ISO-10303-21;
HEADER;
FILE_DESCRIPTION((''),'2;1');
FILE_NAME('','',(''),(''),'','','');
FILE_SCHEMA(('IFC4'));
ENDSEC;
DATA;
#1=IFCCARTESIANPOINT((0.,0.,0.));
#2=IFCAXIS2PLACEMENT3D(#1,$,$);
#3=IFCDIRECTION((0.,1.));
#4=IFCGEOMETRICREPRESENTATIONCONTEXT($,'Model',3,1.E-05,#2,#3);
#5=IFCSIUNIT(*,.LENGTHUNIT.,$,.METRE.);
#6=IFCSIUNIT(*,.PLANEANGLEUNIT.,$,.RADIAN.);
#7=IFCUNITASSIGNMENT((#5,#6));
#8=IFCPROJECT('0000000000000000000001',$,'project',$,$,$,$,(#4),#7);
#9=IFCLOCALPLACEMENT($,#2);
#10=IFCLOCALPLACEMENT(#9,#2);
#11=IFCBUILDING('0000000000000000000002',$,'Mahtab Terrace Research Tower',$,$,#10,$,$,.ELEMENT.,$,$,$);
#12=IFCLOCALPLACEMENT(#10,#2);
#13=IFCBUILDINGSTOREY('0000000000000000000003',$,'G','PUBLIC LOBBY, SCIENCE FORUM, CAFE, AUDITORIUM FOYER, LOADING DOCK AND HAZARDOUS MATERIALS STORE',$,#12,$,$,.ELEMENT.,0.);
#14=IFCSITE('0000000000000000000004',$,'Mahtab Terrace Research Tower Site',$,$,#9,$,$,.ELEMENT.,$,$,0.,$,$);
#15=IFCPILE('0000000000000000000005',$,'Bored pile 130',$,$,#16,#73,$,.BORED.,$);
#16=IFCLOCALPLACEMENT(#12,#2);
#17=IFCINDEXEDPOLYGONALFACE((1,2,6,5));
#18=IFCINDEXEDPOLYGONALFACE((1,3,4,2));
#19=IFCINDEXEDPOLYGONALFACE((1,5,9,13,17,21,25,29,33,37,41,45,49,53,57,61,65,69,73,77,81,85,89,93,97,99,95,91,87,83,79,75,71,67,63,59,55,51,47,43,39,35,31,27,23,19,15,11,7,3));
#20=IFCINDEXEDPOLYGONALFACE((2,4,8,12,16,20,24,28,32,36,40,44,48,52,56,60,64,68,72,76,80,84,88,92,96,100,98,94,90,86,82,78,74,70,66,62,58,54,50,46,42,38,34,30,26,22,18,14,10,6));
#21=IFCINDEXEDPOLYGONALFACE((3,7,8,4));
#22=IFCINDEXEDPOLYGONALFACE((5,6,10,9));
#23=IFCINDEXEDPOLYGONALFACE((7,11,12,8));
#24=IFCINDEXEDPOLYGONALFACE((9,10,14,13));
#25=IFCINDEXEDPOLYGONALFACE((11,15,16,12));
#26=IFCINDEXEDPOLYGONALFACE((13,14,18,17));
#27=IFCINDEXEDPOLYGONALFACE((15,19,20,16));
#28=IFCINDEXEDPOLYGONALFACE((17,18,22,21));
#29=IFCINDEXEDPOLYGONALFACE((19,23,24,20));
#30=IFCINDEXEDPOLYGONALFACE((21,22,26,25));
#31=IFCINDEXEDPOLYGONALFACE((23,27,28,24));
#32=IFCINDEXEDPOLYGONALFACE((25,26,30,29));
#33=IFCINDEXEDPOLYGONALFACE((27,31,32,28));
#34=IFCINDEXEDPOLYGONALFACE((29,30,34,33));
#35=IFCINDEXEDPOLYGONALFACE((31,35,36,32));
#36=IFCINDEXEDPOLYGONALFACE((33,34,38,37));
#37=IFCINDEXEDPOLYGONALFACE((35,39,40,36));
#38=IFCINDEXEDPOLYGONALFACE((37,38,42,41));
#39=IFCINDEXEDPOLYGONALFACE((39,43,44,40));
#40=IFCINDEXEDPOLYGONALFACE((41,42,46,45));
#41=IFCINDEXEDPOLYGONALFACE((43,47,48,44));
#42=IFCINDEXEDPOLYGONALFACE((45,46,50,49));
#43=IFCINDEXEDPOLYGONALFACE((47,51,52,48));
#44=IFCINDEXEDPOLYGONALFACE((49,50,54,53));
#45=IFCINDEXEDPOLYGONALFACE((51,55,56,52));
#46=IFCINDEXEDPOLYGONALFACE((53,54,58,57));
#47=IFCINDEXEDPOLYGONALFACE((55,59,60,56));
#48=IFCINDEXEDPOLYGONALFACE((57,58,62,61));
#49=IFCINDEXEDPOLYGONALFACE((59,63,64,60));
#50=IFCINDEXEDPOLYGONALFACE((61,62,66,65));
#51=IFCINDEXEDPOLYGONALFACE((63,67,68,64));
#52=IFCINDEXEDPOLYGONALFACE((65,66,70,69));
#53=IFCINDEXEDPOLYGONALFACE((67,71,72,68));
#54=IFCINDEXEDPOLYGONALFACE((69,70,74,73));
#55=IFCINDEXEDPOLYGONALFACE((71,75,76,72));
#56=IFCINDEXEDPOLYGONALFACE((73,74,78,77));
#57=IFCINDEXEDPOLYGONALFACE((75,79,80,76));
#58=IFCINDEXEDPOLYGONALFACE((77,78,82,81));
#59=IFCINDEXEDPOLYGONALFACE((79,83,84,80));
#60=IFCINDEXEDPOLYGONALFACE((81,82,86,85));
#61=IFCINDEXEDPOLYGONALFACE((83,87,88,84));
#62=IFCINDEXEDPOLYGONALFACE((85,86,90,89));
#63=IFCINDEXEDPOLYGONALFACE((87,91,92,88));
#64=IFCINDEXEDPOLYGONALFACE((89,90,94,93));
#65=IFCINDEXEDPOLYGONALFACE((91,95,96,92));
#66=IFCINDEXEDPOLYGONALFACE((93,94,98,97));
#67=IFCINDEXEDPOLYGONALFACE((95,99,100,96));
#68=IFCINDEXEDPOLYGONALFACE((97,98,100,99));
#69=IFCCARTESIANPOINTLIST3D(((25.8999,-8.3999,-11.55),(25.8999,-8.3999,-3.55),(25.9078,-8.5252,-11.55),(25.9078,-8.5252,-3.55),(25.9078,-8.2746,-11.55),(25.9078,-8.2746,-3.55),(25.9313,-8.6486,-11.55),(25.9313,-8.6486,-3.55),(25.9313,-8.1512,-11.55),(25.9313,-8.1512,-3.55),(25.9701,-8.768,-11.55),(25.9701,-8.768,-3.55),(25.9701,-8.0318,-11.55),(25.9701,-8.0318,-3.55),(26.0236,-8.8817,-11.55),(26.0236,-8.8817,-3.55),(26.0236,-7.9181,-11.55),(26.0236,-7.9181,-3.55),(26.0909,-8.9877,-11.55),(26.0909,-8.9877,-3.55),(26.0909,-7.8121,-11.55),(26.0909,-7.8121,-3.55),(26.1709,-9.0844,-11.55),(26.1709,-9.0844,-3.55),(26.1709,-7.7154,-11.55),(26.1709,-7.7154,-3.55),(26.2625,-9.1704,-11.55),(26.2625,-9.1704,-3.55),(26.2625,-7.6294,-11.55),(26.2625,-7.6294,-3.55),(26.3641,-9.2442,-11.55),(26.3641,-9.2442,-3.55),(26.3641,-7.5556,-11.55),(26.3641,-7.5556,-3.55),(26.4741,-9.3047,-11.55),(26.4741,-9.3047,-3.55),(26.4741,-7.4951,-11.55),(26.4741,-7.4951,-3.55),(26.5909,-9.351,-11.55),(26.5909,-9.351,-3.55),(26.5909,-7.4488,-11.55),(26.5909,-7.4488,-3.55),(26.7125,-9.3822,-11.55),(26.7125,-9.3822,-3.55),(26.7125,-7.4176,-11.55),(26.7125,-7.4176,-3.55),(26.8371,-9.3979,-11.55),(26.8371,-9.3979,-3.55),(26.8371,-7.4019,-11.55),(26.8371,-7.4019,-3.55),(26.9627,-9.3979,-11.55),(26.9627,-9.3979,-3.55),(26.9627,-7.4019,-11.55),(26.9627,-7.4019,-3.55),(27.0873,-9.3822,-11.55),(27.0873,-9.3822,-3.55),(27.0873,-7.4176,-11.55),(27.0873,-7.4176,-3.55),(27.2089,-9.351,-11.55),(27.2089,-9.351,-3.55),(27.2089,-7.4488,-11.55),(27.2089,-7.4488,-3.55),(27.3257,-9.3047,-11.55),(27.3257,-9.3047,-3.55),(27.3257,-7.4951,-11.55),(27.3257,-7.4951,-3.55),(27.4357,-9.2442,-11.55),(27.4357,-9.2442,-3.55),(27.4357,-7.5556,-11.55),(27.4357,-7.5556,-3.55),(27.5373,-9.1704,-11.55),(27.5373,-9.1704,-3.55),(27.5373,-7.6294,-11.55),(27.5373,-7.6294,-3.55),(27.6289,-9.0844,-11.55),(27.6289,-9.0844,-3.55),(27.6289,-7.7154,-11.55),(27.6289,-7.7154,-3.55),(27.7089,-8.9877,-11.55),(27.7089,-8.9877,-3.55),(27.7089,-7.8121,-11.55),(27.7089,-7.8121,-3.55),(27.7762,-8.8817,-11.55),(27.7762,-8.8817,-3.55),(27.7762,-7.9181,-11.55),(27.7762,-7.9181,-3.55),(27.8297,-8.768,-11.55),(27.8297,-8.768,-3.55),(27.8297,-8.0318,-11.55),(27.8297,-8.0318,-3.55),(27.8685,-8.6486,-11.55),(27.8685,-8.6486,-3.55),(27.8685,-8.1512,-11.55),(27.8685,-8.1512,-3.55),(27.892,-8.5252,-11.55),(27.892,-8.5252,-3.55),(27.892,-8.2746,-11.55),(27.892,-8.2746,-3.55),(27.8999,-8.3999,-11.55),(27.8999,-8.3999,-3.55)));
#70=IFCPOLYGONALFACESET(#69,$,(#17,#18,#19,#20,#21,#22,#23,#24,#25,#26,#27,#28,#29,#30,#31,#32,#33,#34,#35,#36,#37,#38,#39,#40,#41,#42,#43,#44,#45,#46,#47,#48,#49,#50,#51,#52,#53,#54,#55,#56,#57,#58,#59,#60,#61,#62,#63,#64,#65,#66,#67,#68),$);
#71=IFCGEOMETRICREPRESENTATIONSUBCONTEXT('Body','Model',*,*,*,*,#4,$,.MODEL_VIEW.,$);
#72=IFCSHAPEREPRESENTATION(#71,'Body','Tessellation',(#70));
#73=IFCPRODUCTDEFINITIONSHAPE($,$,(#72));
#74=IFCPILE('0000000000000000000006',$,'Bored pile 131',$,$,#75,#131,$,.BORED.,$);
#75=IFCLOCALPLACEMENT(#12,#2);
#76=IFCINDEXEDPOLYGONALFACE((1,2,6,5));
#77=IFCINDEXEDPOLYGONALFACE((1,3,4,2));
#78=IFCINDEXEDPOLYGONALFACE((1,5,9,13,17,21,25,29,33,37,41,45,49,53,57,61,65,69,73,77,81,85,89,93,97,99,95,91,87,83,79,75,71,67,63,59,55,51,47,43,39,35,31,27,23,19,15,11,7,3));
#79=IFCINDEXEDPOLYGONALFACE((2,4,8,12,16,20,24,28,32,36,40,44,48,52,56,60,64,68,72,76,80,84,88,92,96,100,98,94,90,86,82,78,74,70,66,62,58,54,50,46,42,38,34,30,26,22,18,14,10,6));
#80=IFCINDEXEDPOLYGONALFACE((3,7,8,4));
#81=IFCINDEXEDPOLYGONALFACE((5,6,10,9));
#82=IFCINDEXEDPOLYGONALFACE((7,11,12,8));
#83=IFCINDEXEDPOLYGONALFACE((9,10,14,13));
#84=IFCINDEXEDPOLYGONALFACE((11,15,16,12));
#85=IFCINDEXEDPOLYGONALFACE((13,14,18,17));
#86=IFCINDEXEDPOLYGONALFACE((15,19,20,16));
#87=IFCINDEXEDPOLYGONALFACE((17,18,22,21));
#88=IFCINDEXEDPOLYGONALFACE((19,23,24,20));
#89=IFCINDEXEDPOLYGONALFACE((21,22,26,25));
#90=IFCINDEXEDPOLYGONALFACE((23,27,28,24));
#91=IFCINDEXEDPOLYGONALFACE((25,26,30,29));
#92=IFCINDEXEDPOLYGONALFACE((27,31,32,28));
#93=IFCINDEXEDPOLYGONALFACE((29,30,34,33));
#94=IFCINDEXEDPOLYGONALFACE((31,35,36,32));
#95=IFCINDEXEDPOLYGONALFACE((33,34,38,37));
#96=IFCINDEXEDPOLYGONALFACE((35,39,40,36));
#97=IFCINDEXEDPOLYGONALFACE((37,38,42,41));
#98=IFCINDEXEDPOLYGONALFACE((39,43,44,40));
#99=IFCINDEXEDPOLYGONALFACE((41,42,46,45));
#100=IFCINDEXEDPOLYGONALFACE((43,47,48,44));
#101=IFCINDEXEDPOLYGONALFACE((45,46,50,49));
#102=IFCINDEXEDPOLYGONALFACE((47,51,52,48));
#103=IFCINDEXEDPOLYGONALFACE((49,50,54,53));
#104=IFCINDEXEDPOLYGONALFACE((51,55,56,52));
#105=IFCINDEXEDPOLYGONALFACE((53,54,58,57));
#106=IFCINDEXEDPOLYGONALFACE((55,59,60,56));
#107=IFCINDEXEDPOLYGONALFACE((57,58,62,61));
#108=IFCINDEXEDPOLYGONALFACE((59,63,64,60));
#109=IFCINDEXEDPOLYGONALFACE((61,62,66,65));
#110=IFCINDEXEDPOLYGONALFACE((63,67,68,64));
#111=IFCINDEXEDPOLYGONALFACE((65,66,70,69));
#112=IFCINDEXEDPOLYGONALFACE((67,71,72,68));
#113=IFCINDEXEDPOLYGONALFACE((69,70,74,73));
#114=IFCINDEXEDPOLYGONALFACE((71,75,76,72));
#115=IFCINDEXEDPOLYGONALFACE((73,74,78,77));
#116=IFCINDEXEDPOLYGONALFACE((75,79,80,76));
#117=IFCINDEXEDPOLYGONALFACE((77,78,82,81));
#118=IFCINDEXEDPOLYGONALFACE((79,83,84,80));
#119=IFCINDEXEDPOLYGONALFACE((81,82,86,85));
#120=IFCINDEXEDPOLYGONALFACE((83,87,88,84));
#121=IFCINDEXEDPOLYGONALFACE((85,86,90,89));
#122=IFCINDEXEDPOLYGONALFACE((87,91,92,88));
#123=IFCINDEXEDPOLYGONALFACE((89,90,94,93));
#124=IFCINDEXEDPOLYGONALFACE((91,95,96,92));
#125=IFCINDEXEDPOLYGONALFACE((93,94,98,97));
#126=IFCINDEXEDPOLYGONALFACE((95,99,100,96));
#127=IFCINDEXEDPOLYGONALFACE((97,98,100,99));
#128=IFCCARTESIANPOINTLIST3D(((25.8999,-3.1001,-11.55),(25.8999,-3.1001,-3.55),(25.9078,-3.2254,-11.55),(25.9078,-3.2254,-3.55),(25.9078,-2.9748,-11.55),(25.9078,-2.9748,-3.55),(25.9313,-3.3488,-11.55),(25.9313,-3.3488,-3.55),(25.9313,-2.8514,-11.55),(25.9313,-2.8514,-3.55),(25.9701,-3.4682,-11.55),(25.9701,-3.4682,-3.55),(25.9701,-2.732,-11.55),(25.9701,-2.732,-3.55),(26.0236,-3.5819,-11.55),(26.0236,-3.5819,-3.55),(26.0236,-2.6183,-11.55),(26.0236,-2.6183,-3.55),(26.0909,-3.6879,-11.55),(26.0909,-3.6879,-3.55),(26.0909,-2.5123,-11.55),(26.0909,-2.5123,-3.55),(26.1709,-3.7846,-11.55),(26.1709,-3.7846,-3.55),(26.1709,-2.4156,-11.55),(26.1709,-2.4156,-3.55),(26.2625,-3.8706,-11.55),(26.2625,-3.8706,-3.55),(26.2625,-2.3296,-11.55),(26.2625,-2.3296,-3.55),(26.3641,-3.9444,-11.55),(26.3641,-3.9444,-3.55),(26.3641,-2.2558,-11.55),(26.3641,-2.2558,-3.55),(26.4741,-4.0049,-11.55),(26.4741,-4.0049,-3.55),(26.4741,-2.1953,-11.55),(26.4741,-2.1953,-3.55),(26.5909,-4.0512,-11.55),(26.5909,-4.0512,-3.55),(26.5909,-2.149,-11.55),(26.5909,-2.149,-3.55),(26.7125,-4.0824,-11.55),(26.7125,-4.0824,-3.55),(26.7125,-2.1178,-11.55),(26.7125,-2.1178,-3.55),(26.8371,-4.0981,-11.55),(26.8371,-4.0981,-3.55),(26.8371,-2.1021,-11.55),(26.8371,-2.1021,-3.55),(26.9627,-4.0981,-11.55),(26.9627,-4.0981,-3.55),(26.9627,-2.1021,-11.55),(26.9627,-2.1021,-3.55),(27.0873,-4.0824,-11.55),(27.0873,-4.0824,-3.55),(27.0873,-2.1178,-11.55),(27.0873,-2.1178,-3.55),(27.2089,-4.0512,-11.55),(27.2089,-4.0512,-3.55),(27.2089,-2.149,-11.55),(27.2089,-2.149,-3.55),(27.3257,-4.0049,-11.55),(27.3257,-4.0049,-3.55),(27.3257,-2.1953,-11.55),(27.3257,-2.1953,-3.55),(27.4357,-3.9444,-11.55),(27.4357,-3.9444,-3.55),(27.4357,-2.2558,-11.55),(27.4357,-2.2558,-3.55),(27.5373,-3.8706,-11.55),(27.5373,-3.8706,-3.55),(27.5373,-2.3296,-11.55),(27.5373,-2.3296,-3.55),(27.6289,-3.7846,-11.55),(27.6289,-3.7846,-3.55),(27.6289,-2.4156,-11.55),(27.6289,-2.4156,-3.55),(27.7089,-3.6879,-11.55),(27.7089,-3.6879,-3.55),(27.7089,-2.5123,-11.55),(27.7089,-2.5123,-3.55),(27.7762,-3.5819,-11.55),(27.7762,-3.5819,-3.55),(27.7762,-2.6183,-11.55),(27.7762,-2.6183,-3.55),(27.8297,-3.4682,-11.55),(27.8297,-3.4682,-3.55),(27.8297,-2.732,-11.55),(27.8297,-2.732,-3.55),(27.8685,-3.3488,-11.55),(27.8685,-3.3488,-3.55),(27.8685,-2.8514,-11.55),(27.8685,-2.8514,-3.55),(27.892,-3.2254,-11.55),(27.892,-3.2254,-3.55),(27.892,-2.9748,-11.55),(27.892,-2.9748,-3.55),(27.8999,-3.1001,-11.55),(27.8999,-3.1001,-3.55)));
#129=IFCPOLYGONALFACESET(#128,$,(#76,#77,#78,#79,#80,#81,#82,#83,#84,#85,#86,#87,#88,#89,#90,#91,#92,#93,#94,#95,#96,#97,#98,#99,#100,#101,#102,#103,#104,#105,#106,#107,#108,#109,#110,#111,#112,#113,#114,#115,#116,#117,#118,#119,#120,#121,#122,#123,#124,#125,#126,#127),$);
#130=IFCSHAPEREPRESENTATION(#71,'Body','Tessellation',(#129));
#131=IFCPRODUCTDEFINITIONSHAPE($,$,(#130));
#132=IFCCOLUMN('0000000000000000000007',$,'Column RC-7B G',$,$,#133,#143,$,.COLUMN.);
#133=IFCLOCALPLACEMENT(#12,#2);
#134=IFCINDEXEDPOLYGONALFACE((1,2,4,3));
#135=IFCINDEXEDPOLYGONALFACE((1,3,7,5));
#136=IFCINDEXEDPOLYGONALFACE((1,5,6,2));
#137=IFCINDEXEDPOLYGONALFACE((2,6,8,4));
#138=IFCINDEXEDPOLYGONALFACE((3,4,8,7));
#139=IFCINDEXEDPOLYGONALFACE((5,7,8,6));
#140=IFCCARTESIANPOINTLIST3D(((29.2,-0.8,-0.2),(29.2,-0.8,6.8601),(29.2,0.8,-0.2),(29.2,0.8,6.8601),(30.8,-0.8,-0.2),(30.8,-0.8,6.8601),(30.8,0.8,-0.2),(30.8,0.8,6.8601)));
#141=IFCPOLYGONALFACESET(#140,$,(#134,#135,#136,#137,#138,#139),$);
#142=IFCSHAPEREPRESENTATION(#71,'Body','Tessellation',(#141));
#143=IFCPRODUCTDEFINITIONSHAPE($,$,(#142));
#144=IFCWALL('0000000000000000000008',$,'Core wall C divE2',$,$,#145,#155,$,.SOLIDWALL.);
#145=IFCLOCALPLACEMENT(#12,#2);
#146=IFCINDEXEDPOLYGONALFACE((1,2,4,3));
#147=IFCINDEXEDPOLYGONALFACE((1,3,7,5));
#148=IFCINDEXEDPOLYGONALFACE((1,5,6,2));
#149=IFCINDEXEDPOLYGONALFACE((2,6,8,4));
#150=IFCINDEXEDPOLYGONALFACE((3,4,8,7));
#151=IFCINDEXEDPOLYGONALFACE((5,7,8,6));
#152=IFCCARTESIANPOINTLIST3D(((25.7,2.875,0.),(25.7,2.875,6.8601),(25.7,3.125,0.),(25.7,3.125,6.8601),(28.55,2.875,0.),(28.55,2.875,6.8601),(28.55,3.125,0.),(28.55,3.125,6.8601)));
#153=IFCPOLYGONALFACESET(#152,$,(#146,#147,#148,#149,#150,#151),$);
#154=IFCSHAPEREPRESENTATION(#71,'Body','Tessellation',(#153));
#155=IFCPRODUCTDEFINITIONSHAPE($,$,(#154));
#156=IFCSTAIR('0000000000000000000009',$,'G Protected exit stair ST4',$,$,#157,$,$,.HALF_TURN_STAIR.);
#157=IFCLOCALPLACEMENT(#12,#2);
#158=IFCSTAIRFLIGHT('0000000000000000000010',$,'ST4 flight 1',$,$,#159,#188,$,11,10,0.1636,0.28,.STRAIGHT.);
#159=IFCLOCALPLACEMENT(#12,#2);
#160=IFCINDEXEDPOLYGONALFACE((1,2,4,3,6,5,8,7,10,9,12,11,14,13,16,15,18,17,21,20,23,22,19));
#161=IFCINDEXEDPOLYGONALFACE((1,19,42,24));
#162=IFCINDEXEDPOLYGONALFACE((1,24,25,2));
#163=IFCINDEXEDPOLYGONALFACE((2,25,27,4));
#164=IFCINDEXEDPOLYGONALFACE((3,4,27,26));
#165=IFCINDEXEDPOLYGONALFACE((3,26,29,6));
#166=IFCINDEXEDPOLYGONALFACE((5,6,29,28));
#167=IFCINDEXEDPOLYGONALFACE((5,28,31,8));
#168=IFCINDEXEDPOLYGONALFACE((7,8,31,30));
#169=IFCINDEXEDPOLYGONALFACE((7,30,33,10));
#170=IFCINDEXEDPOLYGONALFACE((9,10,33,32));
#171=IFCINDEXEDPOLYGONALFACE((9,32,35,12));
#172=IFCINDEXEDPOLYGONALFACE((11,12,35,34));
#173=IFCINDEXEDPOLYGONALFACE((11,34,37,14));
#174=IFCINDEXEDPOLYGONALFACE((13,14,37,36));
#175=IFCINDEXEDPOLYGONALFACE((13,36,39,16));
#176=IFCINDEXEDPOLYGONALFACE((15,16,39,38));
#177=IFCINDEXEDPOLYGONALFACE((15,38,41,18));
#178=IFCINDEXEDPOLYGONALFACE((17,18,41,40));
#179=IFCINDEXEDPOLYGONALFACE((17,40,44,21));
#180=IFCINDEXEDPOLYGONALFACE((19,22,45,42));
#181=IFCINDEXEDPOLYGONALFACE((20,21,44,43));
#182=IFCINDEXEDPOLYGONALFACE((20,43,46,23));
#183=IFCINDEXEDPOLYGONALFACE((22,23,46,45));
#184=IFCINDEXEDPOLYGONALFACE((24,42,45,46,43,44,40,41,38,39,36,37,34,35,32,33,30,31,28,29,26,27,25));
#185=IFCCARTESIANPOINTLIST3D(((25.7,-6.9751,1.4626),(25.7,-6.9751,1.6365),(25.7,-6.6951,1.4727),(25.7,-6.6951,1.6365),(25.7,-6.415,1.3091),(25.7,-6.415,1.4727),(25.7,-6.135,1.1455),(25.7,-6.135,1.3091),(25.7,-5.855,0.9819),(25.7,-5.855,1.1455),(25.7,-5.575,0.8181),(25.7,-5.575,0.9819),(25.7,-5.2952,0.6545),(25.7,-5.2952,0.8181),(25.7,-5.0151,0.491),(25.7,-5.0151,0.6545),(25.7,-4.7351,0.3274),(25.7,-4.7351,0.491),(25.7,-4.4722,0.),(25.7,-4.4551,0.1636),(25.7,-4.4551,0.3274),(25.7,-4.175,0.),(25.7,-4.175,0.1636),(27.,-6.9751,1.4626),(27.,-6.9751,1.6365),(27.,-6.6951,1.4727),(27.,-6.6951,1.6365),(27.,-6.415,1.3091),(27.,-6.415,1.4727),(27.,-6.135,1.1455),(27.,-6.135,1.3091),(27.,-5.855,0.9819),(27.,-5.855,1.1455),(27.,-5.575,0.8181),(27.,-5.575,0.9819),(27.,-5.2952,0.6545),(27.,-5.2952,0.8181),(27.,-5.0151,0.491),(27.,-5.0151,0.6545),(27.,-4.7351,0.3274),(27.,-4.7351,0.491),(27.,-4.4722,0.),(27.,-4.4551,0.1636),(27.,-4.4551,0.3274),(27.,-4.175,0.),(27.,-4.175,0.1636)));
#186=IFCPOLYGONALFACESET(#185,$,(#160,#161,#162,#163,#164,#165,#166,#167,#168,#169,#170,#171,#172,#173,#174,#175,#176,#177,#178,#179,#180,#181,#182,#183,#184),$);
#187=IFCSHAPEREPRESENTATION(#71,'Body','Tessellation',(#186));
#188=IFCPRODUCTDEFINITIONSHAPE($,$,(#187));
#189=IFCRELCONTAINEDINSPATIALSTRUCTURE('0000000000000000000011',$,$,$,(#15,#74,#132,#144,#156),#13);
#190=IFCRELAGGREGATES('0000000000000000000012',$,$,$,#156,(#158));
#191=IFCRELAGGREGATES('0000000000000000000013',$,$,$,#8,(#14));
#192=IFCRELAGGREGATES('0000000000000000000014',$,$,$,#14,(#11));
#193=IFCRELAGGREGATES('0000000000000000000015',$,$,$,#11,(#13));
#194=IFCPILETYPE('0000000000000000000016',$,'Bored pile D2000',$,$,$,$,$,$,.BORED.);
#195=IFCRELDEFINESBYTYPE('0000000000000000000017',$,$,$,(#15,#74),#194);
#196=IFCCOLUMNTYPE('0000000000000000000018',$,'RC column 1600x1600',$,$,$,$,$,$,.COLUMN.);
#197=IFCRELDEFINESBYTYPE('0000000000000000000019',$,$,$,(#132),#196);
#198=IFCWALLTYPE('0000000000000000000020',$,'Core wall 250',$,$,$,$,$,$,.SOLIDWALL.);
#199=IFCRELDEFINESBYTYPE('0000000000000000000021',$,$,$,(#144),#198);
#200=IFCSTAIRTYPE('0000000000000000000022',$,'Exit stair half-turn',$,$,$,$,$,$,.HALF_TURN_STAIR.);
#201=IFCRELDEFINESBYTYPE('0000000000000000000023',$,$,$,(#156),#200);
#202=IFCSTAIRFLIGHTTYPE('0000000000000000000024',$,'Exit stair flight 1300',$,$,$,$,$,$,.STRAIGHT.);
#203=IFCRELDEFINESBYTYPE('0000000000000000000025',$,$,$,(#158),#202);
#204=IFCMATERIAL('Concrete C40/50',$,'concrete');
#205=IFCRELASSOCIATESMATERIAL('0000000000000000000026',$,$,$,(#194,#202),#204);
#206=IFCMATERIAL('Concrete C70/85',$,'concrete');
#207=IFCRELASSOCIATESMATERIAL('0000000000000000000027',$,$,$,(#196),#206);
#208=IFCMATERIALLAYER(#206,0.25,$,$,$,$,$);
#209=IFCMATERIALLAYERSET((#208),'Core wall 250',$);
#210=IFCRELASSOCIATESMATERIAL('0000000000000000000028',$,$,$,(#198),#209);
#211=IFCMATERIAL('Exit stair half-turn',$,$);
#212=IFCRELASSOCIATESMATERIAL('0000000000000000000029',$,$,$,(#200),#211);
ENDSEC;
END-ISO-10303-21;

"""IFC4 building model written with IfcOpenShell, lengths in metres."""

from ifc_helpers import new_model, si_unit, direction, frame, frame_2d, origin, origin_2d, place, context, subcontext, project, spatial, polyline, rectangle, circle, outline, extrude, material, layer, layer_set, material_profile, profile_set, type_object, element, aggregate, save


model = new_model("IFC4")

# Units and contexts
model_context = context("Model", 3, precision=1e-05, world=origin(), true_north=direction((0.0, 1.0)))
body_context = subcontext(model_context, "Body", "Model", "MODEL_VIEW")
ifc_project = project(units=[si_unit("LENGTHUNIT", "METRE"), si_unit("PLANEANGLEUNIT", "RADIAN")], contexts=[model_context])

# Site, building, storey
site_placement = place(None, origin())
site = spatial("IfcSite", under=ifc_project, at=site_placement, Name="Mahtab Terrace Research Tower Site", CompositionType="ELEMENT", RefElevation=0.0)
building_placement = place(site_placement, origin())
building = spatial("IfcBuilding", under=site, at=building_placement, Name="Mahtab Terrace Research Tower", CompositionType="ELEMENT")
storey_placement = place(building_placement, origin())
storey = spatial("IfcBuildingStorey", under=building, at=storey_placement, Name="G", Description="PUBLIC LOBBY, SCIENCE FORUM, CAFE, AUDITORIUM FOYER, LOADING DOCK AND HAZARDOUS MATERIALS STORE", CompositionType="ELEMENT", Elevation=0.0)

# Piles
ifc_material_1 = material(Name="Concrete C40/50", Category="concrete")
ifc_material_profile_1 = material_profile(ifc_material_1, circle(Radius=1.0, at=origin_2d()), Name="Bored pile D2000")
ifc_profile_set_1 = profile_set([ifc_material_profile_1], Name="Concrete C40/50")
pile_type = type_object("IfcPileType", Name="Bored pile D2000", PredefinedType="BORED", material=ifc_profile_set_1)
for number, where, z_axis, x_axis, name in (
    (1, (26.8999, -8.3999, -3.55), (0.0, 0.0, -1.0), (1.0, 0.0, 0.0), "Bored pile 130"),
    (2, (26.8999, -3.1001, -3.55), (0.0, 0.0, -1.0), (1.0, 0.0, 0.0), "Bored pile 131"),
):
    element("IfcPile", number, at=place(storey_placement, frame(where, z_axis=z_axis, x_axis=x_axis)), inside=storey, type_object=pile_type, Name=name, PredefinedType="BORED", context=body_context, shape_type="SweptSolid", body=[
        extrude(circle(Radius=1.0, at=origin_2d()), origin(), (0.0, 0.0, 1.0), 8.0),
    ])

# Column
ifc_material_2 = material(Name="Concrete C70/85", Category="concrete")
ifc_material_profile_2 = material_profile(ifc_material_2, rectangle(XDim=1.6001, YDim=1.6001, at=origin_2d()), Name="RC column 1600x1600")
ifc_profile_set_2 = profile_set([ifc_material_profile_2], Name="Concrete C70/85")
column_type = type_object("IfcColumnType", Name="RC column 1600x1600", PredefinedType="COLUMN", material=ifc_profile_set_2)
column_placement = place(storey_placement, frame((30.0, 0.0, -0.2), z_axis=(0.0, 0.0, 1.0), x_axis=(1.0, 0.0, 0.0)))
element("IfcColumn", 3, at=column_placement, inside=storey, type_object=column_type, Name="Column RC-7B G", PredefinedType="COLUMN", context=body_context, shape_type="SweptSolid", body=[
    extrude(rectangle(XDim=1.6001, YDim=1.6001, at=origin_2d()), origin(), (0.0, 0.0, 1.0), 7.0601),
])

# Wall
ifc_layer = layer(ifc_material_2, 0.25)
ifc_layer_set = layer_set([ifc_layer], Name="Core wall 250")
wall_type = type_object("IfcWallType", Name="Core wall 250", PredefinedType="SOLIDWALL", material=ifc_layer_set)
wall_placement = place(storey_placement, frame((25.7, 3.0, 0.0), z_axis=(0.0, 0.0, 1.0), x_axis=(1.0, 0.0, 0.0)))
element("IfcWall", 4, at=wall_placement, inside=storey, type_object=wall_type, Name="Core wall C divE2", PredefinedType="SOLIDWALL", context=body_context, shape_type="SweptSolid", body=[
    extrude(rectangle(XDim=2.8501, YDim=0.25, at=frame_2d((1.425, 0.0))), origin(), (0.0, 0.0, 1.0), 6.8601),
])

# Stair, stair flight
ifc_material_3 = material(Name="Exit stair half-turn")
stair_type = type_object("IfcStairType", Name="Exit stair half-turn", PredefinedType="HALF_TURN_STAIR", material=ifc_material_3)
stair_placement = place(storey_placement, origin())
stair = element("IfcStair", 5, at=stair_placement, inside=storey, type_object=stair_type, Name="G Protected exit stair ST4", PredefinedType="HALF_TURN_STAIR")
stair_flight_type = type_object("IfcStairFlightType", Name="Exit stair flight 1300", PredefinedType="STRAIGHT", material=ifc_material_1)
stair_flight_1_placement = place(storey_placement, frame((26.3501, -4.175, 0.0), z_axis=(0.0, 0.0, 1.0), x_axis=(0.0, -1.0, 0.0)))
stair_flight_1 = element("IfcStairFlight", 6, at=stair_flight_1_placement, type_object=stair_flight_type, Name="ST4 flight 1", NumberOfRisers=11, NumberOfTreads=10, PredefinedType="STRAIGHT", RiserHeight=0.1636, TreadLength=0.28, context=body_context, shape_type="SweptSolid", body=[
    extrude(outline(polyline([(0.0, 0.0), (0.0, 0.1636), (0.28, 0.1636), (0.28, 0.3274), (0.5601, 0.3274), (0.5601, 0.491), (0.8401, 0.491), (0.8401, 0.6545), (1.1201, 0.6545), (1.1201, 0.8181), (1.3999, 0.8181), (1.3999, 0.9819), (1.6799, 0.9819), (1.6799, 1.1455), (1.96, 1.1455), (1.96, 1.3091), (2.24, 1.3091), (2.24, 1.4727), (2.52, 1.4727), (2.52, 1.6365), (2.8, 1.6365), (2.8, 1.8), (2.8, 1.4626), (0.2971, 0.0), (0.0, 0.0)])), frame((0.0, 0.6499, 0.0), z_axis=(0.0, -1.0, 0.0), x_axis=(1.0, 0.0, 0.0)), (0.0, 0.0, 1.0), 1.3),
])
aggregate(stair, [stair_flight_1])

save(model, "model.ifc")
